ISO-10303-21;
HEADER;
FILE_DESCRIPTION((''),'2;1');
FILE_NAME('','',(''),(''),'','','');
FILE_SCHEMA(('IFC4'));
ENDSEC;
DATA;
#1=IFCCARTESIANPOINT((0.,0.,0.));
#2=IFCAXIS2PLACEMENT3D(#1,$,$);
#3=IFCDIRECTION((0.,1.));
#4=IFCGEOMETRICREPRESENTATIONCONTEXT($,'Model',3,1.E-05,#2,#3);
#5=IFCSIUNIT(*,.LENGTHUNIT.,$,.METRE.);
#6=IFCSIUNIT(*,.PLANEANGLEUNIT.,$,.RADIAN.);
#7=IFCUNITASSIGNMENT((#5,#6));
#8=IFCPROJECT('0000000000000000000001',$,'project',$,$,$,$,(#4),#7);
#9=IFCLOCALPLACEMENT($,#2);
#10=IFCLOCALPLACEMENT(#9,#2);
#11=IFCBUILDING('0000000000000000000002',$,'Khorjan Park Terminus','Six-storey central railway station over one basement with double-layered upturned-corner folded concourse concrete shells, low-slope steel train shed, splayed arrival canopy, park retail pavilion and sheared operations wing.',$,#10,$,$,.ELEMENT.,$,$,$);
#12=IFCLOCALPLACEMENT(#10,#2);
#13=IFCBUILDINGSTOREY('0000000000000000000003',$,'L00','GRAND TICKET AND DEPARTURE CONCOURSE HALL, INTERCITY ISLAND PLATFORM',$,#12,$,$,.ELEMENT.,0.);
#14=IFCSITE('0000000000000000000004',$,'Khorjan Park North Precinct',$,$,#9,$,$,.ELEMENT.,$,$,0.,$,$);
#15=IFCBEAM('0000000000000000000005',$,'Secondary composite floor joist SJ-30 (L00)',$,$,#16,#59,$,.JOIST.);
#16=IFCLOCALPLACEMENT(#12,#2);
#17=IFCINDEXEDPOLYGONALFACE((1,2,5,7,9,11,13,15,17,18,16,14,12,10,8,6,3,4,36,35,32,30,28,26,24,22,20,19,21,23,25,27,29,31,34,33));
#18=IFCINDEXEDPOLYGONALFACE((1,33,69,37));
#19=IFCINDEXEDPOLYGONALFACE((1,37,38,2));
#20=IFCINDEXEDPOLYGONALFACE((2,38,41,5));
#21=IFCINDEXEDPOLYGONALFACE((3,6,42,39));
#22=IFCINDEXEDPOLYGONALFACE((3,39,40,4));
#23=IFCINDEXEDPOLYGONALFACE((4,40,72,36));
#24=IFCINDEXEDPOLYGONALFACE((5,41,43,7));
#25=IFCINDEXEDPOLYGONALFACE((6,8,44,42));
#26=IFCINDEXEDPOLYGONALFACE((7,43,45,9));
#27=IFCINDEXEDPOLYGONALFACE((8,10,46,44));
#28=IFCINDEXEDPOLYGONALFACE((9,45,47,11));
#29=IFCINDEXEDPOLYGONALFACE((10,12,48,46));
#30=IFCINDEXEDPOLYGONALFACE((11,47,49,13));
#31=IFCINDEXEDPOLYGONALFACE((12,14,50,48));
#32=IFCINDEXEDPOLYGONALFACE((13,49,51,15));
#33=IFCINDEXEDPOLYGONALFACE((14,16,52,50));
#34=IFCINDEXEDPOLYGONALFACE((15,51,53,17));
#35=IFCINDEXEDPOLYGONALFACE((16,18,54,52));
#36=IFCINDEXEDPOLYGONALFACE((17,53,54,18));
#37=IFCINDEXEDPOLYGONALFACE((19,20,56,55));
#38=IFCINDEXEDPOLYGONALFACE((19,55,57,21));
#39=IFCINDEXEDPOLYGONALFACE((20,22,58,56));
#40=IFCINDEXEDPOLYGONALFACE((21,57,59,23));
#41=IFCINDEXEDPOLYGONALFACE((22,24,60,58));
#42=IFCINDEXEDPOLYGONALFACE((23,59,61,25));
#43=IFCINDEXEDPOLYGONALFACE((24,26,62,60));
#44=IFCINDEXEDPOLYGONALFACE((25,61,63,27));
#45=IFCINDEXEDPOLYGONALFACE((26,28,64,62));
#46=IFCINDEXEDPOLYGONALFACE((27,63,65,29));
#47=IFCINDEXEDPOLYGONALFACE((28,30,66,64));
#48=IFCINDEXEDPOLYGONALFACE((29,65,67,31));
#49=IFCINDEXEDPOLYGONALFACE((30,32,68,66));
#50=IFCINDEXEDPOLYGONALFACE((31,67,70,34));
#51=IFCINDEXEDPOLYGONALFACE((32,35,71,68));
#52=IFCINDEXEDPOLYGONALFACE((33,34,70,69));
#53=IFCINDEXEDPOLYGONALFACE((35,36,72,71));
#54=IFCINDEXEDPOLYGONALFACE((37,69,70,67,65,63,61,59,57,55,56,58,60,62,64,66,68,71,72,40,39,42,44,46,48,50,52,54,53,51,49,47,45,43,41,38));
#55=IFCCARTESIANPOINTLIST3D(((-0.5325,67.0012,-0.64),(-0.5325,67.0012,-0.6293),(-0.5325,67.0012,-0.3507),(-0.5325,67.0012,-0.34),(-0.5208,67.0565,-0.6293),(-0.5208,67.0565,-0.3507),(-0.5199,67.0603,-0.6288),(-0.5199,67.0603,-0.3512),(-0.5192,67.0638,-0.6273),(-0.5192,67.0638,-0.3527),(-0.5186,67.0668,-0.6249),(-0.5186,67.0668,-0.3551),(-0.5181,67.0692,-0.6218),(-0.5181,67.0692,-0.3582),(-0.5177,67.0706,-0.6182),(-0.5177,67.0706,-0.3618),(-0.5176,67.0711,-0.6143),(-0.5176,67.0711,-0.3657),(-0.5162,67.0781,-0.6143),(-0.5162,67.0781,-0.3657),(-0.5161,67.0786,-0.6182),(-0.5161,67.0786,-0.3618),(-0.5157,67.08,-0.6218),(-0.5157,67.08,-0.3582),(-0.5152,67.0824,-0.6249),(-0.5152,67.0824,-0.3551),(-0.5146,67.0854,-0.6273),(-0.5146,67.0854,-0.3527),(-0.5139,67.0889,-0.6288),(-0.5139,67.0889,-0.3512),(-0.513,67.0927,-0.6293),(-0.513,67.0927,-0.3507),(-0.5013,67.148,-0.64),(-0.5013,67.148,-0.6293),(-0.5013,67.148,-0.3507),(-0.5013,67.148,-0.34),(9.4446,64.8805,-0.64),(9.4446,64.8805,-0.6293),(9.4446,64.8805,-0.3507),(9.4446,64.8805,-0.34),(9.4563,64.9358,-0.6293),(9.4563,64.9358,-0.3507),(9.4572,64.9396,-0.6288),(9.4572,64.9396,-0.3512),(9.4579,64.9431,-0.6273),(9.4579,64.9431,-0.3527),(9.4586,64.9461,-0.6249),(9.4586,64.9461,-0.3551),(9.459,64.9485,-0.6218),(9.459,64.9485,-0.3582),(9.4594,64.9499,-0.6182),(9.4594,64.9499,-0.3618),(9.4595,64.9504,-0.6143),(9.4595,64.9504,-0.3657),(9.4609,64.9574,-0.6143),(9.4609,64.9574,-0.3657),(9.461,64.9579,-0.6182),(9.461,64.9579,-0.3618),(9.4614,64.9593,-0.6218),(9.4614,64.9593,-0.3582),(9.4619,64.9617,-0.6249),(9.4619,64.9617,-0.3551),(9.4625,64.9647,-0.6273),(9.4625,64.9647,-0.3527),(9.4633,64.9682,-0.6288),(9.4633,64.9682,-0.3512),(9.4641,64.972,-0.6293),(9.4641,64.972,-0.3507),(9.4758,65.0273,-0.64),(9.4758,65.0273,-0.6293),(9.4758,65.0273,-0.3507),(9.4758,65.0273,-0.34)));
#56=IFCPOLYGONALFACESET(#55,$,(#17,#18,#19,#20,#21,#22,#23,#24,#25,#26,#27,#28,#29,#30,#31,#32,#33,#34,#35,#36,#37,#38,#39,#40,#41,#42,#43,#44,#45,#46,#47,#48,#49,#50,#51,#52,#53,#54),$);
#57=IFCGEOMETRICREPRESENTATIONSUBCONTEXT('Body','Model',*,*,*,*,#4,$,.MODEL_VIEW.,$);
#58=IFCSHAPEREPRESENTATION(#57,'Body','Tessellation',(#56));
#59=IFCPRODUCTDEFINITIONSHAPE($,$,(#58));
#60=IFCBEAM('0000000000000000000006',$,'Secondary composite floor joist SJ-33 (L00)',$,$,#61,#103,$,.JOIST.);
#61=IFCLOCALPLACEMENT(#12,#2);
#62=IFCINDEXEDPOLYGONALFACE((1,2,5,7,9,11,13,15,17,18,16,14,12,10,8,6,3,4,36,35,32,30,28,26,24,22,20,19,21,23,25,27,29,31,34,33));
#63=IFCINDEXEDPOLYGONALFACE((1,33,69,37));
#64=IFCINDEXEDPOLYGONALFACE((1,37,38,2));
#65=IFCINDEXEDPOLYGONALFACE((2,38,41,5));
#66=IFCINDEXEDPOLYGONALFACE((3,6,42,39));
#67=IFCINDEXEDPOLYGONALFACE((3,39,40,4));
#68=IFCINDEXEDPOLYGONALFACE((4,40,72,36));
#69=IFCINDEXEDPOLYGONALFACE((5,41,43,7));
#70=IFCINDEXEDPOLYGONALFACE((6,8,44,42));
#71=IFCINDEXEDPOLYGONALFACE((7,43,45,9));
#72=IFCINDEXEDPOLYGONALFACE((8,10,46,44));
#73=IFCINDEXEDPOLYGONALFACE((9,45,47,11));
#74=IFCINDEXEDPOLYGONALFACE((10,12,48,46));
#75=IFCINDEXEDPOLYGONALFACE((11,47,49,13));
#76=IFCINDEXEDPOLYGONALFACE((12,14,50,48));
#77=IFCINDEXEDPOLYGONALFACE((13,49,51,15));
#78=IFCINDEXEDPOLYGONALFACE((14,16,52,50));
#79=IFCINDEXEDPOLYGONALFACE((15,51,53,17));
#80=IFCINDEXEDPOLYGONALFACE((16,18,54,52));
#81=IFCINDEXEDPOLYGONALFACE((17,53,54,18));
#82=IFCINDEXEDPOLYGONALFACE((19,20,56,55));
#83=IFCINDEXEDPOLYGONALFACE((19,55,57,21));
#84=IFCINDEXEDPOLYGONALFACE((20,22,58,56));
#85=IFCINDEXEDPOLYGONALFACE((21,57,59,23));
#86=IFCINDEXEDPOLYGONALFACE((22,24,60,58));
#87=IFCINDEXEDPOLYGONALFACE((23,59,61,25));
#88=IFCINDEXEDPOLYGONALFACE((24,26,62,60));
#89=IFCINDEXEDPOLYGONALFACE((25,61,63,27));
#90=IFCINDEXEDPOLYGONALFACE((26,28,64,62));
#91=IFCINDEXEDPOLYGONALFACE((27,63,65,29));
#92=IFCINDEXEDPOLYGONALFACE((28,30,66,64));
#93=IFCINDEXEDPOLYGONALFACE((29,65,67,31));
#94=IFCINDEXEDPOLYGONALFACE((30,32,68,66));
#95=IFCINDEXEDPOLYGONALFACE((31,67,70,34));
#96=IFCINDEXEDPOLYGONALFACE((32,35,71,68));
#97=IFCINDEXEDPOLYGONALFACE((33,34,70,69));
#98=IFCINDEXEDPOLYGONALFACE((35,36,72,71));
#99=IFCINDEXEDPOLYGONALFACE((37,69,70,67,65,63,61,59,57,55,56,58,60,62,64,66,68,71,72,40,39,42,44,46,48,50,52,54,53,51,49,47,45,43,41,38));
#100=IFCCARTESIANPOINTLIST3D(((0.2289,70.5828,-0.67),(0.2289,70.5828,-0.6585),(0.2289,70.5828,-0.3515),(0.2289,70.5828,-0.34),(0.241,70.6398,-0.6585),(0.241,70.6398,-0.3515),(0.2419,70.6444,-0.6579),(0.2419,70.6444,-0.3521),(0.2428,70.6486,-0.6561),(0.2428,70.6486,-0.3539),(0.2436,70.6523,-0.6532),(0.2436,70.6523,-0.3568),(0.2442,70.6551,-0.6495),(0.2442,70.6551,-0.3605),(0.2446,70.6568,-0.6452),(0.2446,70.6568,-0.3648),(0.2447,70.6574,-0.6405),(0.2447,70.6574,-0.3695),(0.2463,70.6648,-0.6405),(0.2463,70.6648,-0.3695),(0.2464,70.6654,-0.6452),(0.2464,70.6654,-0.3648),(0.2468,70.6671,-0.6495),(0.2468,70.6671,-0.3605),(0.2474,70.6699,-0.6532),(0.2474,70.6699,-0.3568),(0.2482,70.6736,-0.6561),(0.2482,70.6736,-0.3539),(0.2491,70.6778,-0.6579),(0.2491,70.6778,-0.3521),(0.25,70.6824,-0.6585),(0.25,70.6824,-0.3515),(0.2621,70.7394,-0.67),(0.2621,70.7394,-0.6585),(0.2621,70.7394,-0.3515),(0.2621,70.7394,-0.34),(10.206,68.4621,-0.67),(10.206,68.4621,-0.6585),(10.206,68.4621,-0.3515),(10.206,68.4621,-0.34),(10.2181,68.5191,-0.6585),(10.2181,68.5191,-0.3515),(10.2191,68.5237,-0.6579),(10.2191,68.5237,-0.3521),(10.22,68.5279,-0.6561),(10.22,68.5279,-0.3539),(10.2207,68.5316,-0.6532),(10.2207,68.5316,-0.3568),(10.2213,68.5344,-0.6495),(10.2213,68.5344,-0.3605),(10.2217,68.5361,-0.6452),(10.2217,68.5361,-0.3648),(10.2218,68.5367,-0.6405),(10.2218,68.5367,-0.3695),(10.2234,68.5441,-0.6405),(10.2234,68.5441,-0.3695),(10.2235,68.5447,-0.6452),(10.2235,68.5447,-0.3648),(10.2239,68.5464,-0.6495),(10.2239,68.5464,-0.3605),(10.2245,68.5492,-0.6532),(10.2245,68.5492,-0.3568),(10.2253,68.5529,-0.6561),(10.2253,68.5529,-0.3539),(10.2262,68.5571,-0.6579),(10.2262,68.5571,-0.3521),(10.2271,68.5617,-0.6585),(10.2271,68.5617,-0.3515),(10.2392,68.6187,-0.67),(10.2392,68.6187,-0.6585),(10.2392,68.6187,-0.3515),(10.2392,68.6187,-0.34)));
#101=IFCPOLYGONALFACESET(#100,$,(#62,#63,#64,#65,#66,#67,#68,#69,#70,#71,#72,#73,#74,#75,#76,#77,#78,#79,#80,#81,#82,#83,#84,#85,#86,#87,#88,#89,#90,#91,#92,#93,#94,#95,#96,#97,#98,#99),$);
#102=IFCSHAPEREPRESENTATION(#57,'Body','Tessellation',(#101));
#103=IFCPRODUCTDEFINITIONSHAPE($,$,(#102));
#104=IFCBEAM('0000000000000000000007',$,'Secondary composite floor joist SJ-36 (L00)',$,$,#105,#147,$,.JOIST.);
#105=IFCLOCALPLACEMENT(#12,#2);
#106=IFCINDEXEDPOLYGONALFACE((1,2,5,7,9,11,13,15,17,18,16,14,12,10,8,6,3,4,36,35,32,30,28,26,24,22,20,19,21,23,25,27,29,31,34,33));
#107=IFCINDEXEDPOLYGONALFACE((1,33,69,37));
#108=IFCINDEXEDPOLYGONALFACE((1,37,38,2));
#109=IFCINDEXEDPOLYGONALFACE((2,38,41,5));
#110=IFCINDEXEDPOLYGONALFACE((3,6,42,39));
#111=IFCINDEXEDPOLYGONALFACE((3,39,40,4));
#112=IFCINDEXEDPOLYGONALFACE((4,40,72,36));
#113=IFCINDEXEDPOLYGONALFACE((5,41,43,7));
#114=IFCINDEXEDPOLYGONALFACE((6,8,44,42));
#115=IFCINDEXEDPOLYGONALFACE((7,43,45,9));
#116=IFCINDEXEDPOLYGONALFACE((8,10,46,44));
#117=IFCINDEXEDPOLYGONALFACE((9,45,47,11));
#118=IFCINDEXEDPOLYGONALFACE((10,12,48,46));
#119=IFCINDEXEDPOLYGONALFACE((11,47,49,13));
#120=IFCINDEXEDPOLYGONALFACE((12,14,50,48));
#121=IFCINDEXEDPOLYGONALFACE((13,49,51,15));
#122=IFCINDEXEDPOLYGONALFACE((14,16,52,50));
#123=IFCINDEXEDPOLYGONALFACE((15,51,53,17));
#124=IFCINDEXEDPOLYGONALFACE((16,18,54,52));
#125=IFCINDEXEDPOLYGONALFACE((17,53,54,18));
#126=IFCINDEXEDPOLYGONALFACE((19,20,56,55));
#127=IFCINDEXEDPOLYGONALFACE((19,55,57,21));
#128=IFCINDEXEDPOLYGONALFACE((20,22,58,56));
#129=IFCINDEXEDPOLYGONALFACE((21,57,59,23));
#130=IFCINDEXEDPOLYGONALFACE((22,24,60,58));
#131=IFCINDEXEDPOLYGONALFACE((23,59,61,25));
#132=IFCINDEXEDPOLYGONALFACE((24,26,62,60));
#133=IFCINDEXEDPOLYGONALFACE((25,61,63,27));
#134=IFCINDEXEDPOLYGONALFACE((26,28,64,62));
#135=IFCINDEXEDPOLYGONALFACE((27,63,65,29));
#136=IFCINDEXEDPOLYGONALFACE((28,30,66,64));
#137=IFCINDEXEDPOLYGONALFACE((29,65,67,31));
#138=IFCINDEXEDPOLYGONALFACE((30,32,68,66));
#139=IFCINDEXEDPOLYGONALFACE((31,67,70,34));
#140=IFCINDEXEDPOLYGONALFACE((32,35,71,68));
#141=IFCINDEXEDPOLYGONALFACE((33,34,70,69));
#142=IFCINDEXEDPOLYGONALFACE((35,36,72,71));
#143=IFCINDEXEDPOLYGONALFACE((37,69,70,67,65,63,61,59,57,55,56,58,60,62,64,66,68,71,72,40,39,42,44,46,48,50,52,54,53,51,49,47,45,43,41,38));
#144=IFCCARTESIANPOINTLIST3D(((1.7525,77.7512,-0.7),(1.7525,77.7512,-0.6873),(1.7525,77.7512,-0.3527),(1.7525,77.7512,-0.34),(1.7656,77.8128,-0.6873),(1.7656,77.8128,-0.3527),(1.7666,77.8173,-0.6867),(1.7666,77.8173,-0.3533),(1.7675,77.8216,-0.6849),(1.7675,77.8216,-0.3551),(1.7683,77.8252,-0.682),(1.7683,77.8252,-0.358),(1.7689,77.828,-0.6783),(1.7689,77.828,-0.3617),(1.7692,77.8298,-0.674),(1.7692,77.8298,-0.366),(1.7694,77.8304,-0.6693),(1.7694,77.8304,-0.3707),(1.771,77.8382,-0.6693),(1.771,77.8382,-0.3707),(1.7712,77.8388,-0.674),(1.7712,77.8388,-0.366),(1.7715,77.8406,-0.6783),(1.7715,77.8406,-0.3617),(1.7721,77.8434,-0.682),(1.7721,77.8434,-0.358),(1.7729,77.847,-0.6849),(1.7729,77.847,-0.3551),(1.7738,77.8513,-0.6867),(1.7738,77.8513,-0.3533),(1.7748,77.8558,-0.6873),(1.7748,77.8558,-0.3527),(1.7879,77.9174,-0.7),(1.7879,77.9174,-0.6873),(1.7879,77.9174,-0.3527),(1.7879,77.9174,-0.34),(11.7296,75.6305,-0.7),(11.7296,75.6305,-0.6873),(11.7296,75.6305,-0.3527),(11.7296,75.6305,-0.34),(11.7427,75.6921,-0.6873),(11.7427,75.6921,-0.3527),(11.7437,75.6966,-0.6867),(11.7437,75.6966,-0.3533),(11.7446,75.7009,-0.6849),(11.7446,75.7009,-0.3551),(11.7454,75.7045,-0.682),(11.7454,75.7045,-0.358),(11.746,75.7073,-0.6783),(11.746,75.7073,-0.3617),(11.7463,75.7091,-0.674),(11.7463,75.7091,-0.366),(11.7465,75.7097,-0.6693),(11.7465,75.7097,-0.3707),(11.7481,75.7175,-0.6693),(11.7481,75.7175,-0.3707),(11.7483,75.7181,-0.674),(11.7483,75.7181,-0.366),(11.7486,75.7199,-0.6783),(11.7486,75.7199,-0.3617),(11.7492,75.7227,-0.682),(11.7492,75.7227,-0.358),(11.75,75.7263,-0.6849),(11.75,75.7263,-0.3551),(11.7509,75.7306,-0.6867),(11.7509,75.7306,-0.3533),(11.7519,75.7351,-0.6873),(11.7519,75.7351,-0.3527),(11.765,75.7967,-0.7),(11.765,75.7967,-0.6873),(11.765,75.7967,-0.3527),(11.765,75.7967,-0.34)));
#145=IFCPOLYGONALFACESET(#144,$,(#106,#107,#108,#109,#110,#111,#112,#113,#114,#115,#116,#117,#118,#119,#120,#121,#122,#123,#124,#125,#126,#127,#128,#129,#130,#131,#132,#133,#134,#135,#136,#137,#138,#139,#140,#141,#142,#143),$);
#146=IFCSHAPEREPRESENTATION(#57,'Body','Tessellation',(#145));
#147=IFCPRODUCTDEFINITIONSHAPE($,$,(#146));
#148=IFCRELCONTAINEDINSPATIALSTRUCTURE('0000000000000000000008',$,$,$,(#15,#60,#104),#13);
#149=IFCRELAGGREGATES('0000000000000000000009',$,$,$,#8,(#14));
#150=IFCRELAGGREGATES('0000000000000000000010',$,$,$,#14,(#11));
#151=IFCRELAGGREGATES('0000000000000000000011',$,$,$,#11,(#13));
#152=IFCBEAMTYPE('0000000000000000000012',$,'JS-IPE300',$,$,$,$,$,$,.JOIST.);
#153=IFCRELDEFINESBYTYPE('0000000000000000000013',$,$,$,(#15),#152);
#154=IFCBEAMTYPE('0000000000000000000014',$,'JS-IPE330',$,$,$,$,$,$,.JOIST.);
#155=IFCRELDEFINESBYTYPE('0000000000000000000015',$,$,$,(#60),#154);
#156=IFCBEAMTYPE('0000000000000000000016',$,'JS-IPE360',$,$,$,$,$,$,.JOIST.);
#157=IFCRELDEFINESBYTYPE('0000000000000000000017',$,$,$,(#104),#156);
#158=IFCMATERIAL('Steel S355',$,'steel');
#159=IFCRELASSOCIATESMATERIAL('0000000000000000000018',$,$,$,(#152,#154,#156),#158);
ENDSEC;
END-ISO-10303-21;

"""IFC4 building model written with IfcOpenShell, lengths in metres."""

from ifc_helpers import new_model, si_unit, direction, frame, origin, origin_2d, place, context, subcontext, project, spatial, i_section, extrude, material, material_profile, profile_set, type_object, element, save


model = new_model("IFC4")

# Units and contexts
model_context = context("Model", 3, precision=1e-05, world=origin(), true_north=direction((0.0, 1.0)))
body_context = subcontext(model_context, "Body", "Model", "MODEL_VIEW")
ifc_project = project(units=[si_unit("LENGTHUNIT", "METRE"), si_unit("PLANEANGLEUNIT", "RADIAN")], contexts=[model_context])

# Site, building, storey
site_placement = place(None, origin())
site = spatial("IfcSite", under=ifc_project, at=site_placement, Name="Khorjan Park North Precinct", CompositionType="ELEMENT", RefElevation=0.0)
building_placement = place(site_placement, origin())
building = spatial("IfcBuilding", under=site, at=building_placement, Name="Khorjan Park Terminus", Description="Six-storey central railway station over one basement with double-layered upturned-corner folded concourse concrete shells, low-slope steel train shed, splayed arrival canopy, park retail pavilion and sheared operations wing.", CompositionType="ELEMENT")
storey_placement = place(building_placement, origin())
storey = spatial("IfcBuildingStorey", under=building, at=storey_placement, Name="L00", Description="GRAND TICKET AND DEPARTURE CONCOURSE HALL, INTERCITY ISLAND PLATFORM", CompositionType="ELEMENT", Elevation=0.0)

# Shared definitions
ifc_material_1 = material(Name="Steel S355", Category="steel")

# Beams
ifc_material_profile_1 = material_profile(ifc_material_1, i_section(OverallWidth=0.15, OverallDepth=0.3, WebThickness=0.0071, FlangeThickness=0.0107, FilletRadius=0.015, at=origin_2d()), Name="IPE 300")
ifc_profile_set_1 = profile_set([ifc_material_profile_1], Name="Steel S355")
beam_type_1 = type_object("IfcBeamType", Name="JS-IPE300", PredefinedType="JOIST", material=ifc_profile_set_1)
beam_1_placement = place(storey_placement, frame((-0.5169, 67.0746, -0.49), z_axis=(0.978148, -0.207912, 0.0), x_axis=(0.207912, 0.978148, 0.0)))
element("IfcBeam", 1, at=beam_1_placement, inside=storey, type_object=beam_type_1, Name="Secondary composite floor joist SJ-30 (L00)", PredefinedType="JOIST", context=body_context, shape_type="SweptSolid", body=[
    extrude(i_section(OverallWidth=0.15, OverallDepth=0.3, WebThickness=0.0071, FlangeThickness=0.0107, FilletRadius=0.015, at=origin_2d()), origin(), (0.0, 0.0, 1.0), 10.2),
])
ifc_material_profile_2 = material_profile(ifc_material_1, i_section(OverallWidth=0.16, OverallDepth=0.33, WebThickness=0.0075, FlangeThickness=0.0115, FilletRadius=0.018, at=origin_2d()), Name="IPE 330")
ifc_profile_set_2 = profile_set([ifc_material_profile_2], Name="Steel S355")
beam_type_2 = type_object("IfcBeamType", Name="JS-IPE330", PredefinedType="JOIST", material=ifc_profile_set_2)
beam_2_placement = place(storey_placement, frame((0.2455, 70.6611, -0.505), z_axis=(0.978148, -0.207912, 0.0), x_axis=(0.207912, 0.978148, 0.0)))
element("IfcBeam", 2, at=beam_2_placement, inside=storey, type_object=beam_type_2, Name="Secondary composite floor joist SJ-33 (L00)", PredefinedType="JOIST", context=body_context, shape_type="SweptSolid", body=[
    extrude(i_section(OverallWidth=0.16, OverallDepth=0.33, WebThickness=0.0075, FlangeThickness=0.0115, FilletRadius=0.018, at=origin_2d()), origin(), (0.0, 0.0, 1.0), 10.2),
])
ifc_material_profile_3 = material_profile(ifc_material_1, i_section(OverallWidth=0.17, OverallDepth=0.36, WebThickness=0.008, FlangeThickness=0.0127, FilletRadius=0.018, at=origin_2d()), Name="IPE 360")
ifc_profile_set_3 = profile_set([ifc_material_profile_3], Name="Steel S355")
beam_type_3 = type_object("IfcBeamType", Name="JS-IPE360", PredefinedType="JOIST", material=ifc_profile_set_3)
beam_3_placement = place(storey_placement, frame((1.7702, 77.8343, -0.52), z_axis=(0.978148, -0.207912, 0.0), x_axis=(0.207912, 0.978148, 0.0)))
element("IfcBeam", 3, at=beam_3_placement, inside=storey, type_object=beam_type_3, Name="Secondary composite floor joist SJ-36 (L00)", PredefinedType="JOIST", context=body_context, shape_type="SweptSolid", body=[
    extrude(i_section(OverallWidth=0.17, OverallDepth=0.36, WebThickness=0.008, FlangeThickness=0.0127, FilletRadius=0.018, at=origin_2d()), origin(), (0.0, 0.0, 1.0), 10.2),
])

save(model, "model.ifc")
